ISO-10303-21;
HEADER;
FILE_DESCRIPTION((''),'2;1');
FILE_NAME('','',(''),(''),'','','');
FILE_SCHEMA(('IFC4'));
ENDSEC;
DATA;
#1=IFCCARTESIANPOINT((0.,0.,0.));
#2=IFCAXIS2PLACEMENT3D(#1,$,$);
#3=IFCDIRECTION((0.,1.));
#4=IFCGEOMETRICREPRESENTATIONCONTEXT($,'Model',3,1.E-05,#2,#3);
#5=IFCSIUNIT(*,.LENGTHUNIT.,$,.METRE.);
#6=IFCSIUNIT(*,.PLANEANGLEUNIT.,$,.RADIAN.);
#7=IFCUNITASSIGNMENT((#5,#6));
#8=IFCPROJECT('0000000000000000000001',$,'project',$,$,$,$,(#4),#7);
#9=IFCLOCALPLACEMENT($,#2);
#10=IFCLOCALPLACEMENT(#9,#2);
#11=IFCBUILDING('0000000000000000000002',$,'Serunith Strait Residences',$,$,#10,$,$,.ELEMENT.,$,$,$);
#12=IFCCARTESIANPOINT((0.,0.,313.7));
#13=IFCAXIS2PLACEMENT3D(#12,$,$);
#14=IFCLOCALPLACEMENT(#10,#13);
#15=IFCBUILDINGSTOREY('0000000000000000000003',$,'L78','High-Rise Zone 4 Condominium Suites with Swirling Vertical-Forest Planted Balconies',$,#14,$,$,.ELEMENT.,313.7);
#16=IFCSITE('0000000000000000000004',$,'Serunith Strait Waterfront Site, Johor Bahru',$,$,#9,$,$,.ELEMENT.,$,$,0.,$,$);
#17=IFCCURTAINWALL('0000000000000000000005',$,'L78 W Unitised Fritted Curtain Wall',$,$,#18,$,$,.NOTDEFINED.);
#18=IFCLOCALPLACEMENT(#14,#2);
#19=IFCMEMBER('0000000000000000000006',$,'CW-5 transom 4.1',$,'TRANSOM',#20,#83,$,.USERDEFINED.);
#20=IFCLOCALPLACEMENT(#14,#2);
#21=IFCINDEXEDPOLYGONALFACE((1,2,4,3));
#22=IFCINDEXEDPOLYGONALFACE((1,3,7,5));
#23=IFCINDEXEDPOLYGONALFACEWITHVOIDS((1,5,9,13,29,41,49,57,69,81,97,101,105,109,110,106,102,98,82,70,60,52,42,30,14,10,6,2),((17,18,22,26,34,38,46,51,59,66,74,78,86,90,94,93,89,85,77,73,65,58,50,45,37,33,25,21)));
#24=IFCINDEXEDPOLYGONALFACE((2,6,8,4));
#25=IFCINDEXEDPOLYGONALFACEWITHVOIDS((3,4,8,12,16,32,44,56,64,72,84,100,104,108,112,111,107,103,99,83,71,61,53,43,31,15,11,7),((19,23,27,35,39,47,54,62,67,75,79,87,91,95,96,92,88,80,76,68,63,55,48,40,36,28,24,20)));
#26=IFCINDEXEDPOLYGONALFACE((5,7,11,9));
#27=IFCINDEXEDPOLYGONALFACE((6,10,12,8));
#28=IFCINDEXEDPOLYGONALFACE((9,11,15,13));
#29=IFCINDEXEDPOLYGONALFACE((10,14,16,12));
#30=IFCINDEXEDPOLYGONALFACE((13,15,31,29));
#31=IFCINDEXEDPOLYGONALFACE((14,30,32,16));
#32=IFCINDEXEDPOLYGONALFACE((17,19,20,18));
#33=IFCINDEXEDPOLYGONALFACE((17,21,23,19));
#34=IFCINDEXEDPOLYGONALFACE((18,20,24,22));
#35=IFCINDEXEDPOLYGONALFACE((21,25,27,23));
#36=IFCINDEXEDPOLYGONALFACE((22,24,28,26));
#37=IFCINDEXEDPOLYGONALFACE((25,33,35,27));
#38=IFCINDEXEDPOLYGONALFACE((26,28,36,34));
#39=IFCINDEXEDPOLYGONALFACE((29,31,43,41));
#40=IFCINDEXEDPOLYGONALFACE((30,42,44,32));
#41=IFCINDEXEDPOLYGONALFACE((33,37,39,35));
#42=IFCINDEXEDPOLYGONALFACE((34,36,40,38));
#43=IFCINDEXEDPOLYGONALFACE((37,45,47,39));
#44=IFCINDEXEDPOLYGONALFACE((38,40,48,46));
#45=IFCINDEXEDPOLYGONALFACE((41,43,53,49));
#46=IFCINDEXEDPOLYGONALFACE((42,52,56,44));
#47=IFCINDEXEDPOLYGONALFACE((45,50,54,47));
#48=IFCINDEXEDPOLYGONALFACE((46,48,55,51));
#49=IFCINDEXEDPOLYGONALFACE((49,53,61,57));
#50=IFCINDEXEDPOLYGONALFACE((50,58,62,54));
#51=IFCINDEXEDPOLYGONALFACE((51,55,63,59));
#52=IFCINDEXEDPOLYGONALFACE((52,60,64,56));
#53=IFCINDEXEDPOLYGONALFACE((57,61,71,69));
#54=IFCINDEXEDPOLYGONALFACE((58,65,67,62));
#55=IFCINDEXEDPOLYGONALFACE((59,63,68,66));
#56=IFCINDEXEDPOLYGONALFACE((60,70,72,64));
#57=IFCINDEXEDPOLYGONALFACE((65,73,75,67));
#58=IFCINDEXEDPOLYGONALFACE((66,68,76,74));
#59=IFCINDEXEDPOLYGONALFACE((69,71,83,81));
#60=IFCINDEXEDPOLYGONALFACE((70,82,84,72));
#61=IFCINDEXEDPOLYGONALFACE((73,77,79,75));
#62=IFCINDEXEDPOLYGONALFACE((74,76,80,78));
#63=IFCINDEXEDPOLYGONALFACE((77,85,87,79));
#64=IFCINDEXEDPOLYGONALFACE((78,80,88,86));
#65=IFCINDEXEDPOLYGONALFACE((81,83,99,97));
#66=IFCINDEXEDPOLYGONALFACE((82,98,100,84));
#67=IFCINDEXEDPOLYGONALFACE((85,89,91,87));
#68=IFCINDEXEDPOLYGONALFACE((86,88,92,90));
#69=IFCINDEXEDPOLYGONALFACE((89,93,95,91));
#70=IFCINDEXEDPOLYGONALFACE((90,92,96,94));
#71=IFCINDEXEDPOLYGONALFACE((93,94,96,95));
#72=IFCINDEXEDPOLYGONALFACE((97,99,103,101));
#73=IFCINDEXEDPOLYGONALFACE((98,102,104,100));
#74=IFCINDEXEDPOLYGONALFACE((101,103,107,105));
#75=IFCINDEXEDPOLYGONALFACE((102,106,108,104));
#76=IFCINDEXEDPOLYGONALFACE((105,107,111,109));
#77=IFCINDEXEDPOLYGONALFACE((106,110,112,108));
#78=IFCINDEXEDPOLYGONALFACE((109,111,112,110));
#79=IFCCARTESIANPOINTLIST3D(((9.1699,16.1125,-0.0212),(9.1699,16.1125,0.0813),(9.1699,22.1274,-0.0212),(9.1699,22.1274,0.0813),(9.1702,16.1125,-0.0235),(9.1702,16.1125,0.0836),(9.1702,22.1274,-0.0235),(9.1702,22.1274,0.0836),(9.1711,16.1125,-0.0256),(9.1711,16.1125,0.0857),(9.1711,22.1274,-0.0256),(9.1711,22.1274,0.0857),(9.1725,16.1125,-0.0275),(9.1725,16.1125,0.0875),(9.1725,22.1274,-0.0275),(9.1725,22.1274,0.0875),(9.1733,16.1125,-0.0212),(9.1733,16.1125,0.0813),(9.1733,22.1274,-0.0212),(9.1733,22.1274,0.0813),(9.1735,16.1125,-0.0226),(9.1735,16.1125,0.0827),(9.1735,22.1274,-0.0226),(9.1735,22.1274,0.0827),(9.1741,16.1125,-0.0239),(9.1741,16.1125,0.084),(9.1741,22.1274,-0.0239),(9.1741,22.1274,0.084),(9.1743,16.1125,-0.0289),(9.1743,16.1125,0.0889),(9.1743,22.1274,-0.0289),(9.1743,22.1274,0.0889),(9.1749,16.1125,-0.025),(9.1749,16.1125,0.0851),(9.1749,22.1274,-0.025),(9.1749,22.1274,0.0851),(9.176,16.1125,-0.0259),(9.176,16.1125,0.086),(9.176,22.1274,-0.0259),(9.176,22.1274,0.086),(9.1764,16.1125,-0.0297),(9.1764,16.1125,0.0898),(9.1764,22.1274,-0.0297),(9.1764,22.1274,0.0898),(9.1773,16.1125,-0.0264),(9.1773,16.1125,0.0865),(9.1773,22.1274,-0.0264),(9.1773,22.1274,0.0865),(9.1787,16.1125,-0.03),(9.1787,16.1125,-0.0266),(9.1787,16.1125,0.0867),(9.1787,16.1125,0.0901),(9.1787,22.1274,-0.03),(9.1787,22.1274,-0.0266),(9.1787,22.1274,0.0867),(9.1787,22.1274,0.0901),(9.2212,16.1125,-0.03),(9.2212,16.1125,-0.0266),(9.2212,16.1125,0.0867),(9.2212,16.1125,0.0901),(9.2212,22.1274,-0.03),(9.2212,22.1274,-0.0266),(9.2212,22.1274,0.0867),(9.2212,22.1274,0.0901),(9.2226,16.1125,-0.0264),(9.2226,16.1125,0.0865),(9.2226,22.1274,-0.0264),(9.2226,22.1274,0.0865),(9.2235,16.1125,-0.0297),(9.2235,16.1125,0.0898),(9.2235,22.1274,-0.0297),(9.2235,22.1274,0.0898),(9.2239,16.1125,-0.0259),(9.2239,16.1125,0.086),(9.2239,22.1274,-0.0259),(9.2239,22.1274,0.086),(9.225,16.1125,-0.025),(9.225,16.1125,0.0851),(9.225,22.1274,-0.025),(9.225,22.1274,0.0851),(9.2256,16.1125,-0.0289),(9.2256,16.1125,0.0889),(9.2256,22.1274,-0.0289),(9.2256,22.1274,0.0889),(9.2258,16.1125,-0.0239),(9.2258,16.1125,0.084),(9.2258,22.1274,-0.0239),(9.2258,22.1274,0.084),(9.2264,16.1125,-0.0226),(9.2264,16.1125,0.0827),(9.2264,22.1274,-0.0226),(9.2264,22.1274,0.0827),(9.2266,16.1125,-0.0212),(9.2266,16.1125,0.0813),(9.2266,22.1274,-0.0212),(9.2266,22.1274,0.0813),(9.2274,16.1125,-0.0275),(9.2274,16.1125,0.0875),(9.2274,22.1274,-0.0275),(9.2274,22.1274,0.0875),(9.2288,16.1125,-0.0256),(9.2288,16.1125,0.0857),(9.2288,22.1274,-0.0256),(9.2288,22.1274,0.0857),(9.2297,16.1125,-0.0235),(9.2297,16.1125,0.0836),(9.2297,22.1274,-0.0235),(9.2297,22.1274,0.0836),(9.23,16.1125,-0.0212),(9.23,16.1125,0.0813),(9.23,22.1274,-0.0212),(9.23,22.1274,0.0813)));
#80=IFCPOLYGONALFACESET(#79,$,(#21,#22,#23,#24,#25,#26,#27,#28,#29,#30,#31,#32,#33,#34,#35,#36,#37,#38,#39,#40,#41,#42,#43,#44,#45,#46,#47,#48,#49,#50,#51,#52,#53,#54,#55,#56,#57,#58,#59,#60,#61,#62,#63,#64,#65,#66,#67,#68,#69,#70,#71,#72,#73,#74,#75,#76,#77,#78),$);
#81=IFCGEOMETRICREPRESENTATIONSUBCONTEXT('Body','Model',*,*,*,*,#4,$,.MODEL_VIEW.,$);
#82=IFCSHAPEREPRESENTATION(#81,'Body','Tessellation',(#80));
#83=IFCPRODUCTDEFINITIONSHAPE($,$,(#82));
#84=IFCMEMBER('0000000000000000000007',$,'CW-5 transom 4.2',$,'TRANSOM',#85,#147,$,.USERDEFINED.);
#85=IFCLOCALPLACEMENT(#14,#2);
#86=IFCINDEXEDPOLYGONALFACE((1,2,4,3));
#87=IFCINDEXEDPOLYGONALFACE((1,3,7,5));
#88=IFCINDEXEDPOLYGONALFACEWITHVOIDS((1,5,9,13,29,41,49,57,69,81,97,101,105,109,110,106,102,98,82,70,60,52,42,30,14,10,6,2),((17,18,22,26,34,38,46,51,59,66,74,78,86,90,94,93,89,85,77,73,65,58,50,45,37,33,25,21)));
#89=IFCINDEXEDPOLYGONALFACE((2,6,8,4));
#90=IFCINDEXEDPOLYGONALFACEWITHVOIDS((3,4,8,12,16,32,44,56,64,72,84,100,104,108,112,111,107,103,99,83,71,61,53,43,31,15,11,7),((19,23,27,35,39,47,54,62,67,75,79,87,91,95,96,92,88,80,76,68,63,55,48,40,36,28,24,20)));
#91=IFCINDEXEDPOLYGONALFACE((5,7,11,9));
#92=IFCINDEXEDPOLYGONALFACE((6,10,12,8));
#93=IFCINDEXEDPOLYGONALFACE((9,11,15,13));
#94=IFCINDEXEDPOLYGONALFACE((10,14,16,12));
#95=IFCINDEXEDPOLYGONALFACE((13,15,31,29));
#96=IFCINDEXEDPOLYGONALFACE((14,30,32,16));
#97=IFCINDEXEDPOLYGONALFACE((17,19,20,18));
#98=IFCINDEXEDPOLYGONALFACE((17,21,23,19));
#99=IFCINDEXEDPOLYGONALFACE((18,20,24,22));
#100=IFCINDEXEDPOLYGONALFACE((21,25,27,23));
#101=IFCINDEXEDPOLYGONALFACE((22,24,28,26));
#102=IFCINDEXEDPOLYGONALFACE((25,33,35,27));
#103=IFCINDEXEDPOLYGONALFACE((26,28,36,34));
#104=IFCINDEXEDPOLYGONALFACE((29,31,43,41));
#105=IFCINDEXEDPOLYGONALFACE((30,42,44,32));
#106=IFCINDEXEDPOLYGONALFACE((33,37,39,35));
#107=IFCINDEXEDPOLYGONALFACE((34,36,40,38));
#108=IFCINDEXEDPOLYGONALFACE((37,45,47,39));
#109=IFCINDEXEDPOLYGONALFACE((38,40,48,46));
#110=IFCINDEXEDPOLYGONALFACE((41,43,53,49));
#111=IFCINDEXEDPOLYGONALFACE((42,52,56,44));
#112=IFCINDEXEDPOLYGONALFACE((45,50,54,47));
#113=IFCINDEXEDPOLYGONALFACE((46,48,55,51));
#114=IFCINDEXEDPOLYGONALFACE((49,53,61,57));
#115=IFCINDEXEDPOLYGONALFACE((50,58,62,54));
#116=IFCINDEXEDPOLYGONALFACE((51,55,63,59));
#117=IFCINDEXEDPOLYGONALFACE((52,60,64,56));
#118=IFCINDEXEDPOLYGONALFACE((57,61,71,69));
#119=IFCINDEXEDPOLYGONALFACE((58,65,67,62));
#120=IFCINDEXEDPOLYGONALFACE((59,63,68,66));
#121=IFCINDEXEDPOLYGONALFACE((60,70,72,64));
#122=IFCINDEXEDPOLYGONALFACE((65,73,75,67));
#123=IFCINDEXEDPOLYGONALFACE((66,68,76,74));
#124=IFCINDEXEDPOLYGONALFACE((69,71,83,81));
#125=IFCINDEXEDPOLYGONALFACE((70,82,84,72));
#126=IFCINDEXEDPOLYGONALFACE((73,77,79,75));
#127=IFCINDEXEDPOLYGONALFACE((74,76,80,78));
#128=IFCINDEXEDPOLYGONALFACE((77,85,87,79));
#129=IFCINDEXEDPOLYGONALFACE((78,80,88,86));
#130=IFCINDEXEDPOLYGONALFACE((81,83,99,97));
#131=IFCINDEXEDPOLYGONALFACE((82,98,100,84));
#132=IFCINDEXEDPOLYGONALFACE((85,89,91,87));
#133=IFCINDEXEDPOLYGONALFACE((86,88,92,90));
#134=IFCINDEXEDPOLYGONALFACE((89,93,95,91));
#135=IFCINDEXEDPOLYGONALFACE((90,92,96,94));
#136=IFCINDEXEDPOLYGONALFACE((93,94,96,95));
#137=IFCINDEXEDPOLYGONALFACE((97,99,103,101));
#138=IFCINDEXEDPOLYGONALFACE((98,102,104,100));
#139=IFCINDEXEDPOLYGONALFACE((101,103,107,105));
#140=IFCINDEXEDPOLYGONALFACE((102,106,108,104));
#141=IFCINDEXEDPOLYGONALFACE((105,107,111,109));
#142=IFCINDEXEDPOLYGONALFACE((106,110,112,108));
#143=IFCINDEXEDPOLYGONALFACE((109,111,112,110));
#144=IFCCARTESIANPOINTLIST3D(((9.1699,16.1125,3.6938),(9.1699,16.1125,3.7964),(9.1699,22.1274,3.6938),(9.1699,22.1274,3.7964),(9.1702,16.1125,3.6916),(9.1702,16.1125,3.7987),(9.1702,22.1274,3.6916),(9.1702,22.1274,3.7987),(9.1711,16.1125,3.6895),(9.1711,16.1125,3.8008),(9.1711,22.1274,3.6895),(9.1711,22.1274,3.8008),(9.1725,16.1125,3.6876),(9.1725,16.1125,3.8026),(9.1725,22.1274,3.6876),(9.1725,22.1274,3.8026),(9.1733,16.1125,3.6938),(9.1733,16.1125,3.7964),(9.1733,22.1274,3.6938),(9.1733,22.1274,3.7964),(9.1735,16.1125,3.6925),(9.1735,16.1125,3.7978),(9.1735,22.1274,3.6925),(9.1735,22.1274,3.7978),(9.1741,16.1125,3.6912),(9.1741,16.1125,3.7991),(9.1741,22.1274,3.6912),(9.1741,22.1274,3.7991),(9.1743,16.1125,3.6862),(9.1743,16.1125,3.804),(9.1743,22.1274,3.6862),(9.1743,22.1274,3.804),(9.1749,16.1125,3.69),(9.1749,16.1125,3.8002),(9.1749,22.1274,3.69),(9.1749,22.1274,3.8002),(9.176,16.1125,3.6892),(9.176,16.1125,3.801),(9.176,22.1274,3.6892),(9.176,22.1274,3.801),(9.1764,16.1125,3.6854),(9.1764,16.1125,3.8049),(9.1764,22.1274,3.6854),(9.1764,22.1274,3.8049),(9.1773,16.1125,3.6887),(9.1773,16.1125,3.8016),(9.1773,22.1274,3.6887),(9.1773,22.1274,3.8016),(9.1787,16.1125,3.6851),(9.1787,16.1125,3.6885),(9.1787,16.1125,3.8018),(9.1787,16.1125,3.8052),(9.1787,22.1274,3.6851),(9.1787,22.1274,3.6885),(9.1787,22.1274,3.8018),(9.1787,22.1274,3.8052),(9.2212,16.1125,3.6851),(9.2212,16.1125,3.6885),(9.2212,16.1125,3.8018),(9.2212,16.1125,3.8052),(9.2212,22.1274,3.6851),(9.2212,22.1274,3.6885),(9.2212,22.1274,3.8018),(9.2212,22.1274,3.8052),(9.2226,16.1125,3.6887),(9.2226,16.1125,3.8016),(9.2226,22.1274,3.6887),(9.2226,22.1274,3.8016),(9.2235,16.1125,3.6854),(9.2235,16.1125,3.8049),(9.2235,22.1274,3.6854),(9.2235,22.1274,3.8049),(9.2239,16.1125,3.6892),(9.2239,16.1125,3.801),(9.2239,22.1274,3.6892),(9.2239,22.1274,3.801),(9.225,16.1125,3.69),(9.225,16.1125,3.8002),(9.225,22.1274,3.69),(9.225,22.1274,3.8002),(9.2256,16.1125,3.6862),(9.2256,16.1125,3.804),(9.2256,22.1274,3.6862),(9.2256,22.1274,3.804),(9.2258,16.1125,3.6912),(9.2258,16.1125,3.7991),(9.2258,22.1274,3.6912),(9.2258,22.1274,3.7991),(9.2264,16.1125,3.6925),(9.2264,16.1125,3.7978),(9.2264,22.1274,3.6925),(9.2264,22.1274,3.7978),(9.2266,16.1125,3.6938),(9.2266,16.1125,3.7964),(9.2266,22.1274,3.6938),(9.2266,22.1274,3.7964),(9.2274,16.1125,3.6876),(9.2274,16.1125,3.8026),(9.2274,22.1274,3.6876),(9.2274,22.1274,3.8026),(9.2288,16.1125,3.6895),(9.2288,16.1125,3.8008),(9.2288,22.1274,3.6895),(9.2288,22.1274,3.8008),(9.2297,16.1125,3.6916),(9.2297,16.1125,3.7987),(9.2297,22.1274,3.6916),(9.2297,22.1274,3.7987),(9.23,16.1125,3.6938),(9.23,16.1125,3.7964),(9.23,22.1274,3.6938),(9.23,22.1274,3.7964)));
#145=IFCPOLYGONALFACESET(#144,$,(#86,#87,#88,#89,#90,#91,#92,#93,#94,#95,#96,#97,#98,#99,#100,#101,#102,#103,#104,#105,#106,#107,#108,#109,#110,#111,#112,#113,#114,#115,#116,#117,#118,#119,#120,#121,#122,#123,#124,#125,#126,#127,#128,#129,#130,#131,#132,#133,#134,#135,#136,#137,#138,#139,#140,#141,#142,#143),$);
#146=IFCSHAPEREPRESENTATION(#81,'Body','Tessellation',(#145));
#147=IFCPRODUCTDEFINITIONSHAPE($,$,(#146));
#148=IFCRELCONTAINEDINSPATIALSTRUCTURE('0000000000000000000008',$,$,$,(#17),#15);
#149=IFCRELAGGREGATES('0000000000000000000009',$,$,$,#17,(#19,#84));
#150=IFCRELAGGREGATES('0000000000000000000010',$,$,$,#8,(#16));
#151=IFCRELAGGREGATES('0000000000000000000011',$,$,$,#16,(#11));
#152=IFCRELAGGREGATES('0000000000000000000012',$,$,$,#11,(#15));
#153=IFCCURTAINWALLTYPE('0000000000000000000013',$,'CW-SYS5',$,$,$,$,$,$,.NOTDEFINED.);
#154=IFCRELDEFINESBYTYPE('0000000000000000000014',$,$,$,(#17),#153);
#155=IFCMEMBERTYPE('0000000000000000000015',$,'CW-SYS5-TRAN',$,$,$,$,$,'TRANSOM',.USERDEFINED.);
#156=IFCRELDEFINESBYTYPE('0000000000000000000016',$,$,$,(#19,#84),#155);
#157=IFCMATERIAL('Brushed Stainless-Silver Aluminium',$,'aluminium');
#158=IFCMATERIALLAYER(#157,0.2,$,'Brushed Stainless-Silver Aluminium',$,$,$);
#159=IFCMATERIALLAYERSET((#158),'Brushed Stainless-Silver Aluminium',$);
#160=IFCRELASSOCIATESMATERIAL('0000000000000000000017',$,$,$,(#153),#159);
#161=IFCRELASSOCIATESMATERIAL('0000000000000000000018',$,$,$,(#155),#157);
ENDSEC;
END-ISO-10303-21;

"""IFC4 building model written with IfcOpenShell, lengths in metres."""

from ifc_helpers import new_model, si_unit, direction, frame, origin, origin_2d, place, context, subcontext, project, spatial, hollow_rectangle, extrude, source, transform, mapped, material, layer, layer_set, material_profile, profile_set, type_object, element, aggregate, save


model = new_model("IFC4")

# Units and contexts
model_context = context("Model", 3, precision=1e-05, world=origin(), true_north=direction((0.0, 1.0)))
body_context = subcontext(model_context, "Body", "Model", "MODEL_VIEW")
ifc_project = project(units=[si_unit("LENGTHUNIT", "METRE"), si_unit("PLANEANGLEUNIT", "RADIAN")], contexts=[model_context])

# Site, building, storey
site_placement = place(None, origin())
site = spatial("IfcSite", under=ifc_project, at=site_placement, Name="Serunith Strait Waterfront Site, Johor Bahru", CompositionType="ELEMENT", RefElevation=0.0)
building_placement = place(site_placement, origin())
building = spatial("IfcBuilding", under=site, at=building_placement, Name="Serunith Strait Residences", CompositionType="ELEMENT")
storey_placement = place(building_placement, frame((0.0, 0.0, 313.7)))
storey = spatial("IfcBuildingStorey", under=building, at=storey_placement, Name="L78", Description="High-Rise Zone 4 Condominium Suites with Swirling Vertical-Forest Planted Balconies", CompositionType="ELEMENT", Elevation=313.7)

# Curtain wall, members
ifc_material_1 = material(Name="Brushed Stainless-Silver Aluminium", Category="aluminium")
ifc_layer_1 = layer(ifc_material_1, 0.2, Name="Brushed Stainless-Silver Aluminium")
ifc_layer_set_1 = layer_set([ifc_layer_1], Name="Brushed Stainless-Silver Aluminium")
curtain_wall_type = type_object("IfcCurtainWallType", Name="CW-SYS5", PredefinedType="NOTDEFINED", material=ifc_layer_set_1)
curtain_wall_placement = place(storey_placement, origin())
curtain_wall = element("IfcCurtainWall", 1, at=curtain_wall_placement, inside=storey, type_object=curtain_wall_type, Name="L78 W Unitised Fritted Curtain Wall", PredefinedType="NOTDEFINED")
ifc_material_profile_1 = material_profile(ifc_material_1, hollow_rectangle(XDim=0.0601, YDim=0.1201, WallThickness=0.0034, InnerFilletRadius=0.0054, OuterFilletRadius=0.0088, at=origin_2d()), Name="ALU 120x60x3.5")
ifc_profile_set_1 = profile_set([ifc_material_profile_1], Name="Brushed Stainless-Silver Aluminium")
member_type_1 = type_object("IfcMemberType", Name="CW-SYS5-TRAN", ElementType="TRANSOM", PredefinedType="USERDEFINED", material=ifc_profile_set_1)
shared_shape_1 = source(origin(), body_context, "Body", "SweptSolid", [
    extrude(hollow_rectangle(XDim=0.0601, YDim=0.1201, WallThickness=0.0034, InnerFilletRadius=0.0054, OuterFilletRadius=0.0088, at=origin_2d()), origin(), (0.0, 0.0, 1.0), 6.0149),
])
member_1_placement = place(storey_placement, frame((9.2, 22.1274, 0.03), z_axis=(0.0, -1.0, 0.0), x_axis=(1.0, 0.0, 0.0)))
member_1 = element("IfcMember", 2, at=member_1_placement, type_object=member_type_1, Name="CW-5 transom 4.1", ObjectType="TRANSOM", PredefinedType="USERDEFINED", context=body_context, shape_type="MappedRepresentation", body=[
    mapped(shared_shape_1, transform((0.0, 0.0, 0.0), scale=1.0)),
])
member_2_placement = place(storey_placement, frame((9.2, 22.1274, 3.7451), z_axis=(0.0, -1.0, 0.0), x_axis=(1.0, 0.0, 0.0)))
member_2 = element("IfcMember", 3, at=member_2_placement, type_object=member_type_1, Name="CW-5 transom 4.2", ObjectType="TRANSOM", PredefinedType="USERDEFINED", context=body_context, shape_type="MappedRepresentation", body=[
    mapped(shared_shape_1, transform((0.0, 0.0, 0.0), scale=1.0)),
])
aggregate(curtain_wall, [member_1, member_2])

save(model, "model.ifc")
